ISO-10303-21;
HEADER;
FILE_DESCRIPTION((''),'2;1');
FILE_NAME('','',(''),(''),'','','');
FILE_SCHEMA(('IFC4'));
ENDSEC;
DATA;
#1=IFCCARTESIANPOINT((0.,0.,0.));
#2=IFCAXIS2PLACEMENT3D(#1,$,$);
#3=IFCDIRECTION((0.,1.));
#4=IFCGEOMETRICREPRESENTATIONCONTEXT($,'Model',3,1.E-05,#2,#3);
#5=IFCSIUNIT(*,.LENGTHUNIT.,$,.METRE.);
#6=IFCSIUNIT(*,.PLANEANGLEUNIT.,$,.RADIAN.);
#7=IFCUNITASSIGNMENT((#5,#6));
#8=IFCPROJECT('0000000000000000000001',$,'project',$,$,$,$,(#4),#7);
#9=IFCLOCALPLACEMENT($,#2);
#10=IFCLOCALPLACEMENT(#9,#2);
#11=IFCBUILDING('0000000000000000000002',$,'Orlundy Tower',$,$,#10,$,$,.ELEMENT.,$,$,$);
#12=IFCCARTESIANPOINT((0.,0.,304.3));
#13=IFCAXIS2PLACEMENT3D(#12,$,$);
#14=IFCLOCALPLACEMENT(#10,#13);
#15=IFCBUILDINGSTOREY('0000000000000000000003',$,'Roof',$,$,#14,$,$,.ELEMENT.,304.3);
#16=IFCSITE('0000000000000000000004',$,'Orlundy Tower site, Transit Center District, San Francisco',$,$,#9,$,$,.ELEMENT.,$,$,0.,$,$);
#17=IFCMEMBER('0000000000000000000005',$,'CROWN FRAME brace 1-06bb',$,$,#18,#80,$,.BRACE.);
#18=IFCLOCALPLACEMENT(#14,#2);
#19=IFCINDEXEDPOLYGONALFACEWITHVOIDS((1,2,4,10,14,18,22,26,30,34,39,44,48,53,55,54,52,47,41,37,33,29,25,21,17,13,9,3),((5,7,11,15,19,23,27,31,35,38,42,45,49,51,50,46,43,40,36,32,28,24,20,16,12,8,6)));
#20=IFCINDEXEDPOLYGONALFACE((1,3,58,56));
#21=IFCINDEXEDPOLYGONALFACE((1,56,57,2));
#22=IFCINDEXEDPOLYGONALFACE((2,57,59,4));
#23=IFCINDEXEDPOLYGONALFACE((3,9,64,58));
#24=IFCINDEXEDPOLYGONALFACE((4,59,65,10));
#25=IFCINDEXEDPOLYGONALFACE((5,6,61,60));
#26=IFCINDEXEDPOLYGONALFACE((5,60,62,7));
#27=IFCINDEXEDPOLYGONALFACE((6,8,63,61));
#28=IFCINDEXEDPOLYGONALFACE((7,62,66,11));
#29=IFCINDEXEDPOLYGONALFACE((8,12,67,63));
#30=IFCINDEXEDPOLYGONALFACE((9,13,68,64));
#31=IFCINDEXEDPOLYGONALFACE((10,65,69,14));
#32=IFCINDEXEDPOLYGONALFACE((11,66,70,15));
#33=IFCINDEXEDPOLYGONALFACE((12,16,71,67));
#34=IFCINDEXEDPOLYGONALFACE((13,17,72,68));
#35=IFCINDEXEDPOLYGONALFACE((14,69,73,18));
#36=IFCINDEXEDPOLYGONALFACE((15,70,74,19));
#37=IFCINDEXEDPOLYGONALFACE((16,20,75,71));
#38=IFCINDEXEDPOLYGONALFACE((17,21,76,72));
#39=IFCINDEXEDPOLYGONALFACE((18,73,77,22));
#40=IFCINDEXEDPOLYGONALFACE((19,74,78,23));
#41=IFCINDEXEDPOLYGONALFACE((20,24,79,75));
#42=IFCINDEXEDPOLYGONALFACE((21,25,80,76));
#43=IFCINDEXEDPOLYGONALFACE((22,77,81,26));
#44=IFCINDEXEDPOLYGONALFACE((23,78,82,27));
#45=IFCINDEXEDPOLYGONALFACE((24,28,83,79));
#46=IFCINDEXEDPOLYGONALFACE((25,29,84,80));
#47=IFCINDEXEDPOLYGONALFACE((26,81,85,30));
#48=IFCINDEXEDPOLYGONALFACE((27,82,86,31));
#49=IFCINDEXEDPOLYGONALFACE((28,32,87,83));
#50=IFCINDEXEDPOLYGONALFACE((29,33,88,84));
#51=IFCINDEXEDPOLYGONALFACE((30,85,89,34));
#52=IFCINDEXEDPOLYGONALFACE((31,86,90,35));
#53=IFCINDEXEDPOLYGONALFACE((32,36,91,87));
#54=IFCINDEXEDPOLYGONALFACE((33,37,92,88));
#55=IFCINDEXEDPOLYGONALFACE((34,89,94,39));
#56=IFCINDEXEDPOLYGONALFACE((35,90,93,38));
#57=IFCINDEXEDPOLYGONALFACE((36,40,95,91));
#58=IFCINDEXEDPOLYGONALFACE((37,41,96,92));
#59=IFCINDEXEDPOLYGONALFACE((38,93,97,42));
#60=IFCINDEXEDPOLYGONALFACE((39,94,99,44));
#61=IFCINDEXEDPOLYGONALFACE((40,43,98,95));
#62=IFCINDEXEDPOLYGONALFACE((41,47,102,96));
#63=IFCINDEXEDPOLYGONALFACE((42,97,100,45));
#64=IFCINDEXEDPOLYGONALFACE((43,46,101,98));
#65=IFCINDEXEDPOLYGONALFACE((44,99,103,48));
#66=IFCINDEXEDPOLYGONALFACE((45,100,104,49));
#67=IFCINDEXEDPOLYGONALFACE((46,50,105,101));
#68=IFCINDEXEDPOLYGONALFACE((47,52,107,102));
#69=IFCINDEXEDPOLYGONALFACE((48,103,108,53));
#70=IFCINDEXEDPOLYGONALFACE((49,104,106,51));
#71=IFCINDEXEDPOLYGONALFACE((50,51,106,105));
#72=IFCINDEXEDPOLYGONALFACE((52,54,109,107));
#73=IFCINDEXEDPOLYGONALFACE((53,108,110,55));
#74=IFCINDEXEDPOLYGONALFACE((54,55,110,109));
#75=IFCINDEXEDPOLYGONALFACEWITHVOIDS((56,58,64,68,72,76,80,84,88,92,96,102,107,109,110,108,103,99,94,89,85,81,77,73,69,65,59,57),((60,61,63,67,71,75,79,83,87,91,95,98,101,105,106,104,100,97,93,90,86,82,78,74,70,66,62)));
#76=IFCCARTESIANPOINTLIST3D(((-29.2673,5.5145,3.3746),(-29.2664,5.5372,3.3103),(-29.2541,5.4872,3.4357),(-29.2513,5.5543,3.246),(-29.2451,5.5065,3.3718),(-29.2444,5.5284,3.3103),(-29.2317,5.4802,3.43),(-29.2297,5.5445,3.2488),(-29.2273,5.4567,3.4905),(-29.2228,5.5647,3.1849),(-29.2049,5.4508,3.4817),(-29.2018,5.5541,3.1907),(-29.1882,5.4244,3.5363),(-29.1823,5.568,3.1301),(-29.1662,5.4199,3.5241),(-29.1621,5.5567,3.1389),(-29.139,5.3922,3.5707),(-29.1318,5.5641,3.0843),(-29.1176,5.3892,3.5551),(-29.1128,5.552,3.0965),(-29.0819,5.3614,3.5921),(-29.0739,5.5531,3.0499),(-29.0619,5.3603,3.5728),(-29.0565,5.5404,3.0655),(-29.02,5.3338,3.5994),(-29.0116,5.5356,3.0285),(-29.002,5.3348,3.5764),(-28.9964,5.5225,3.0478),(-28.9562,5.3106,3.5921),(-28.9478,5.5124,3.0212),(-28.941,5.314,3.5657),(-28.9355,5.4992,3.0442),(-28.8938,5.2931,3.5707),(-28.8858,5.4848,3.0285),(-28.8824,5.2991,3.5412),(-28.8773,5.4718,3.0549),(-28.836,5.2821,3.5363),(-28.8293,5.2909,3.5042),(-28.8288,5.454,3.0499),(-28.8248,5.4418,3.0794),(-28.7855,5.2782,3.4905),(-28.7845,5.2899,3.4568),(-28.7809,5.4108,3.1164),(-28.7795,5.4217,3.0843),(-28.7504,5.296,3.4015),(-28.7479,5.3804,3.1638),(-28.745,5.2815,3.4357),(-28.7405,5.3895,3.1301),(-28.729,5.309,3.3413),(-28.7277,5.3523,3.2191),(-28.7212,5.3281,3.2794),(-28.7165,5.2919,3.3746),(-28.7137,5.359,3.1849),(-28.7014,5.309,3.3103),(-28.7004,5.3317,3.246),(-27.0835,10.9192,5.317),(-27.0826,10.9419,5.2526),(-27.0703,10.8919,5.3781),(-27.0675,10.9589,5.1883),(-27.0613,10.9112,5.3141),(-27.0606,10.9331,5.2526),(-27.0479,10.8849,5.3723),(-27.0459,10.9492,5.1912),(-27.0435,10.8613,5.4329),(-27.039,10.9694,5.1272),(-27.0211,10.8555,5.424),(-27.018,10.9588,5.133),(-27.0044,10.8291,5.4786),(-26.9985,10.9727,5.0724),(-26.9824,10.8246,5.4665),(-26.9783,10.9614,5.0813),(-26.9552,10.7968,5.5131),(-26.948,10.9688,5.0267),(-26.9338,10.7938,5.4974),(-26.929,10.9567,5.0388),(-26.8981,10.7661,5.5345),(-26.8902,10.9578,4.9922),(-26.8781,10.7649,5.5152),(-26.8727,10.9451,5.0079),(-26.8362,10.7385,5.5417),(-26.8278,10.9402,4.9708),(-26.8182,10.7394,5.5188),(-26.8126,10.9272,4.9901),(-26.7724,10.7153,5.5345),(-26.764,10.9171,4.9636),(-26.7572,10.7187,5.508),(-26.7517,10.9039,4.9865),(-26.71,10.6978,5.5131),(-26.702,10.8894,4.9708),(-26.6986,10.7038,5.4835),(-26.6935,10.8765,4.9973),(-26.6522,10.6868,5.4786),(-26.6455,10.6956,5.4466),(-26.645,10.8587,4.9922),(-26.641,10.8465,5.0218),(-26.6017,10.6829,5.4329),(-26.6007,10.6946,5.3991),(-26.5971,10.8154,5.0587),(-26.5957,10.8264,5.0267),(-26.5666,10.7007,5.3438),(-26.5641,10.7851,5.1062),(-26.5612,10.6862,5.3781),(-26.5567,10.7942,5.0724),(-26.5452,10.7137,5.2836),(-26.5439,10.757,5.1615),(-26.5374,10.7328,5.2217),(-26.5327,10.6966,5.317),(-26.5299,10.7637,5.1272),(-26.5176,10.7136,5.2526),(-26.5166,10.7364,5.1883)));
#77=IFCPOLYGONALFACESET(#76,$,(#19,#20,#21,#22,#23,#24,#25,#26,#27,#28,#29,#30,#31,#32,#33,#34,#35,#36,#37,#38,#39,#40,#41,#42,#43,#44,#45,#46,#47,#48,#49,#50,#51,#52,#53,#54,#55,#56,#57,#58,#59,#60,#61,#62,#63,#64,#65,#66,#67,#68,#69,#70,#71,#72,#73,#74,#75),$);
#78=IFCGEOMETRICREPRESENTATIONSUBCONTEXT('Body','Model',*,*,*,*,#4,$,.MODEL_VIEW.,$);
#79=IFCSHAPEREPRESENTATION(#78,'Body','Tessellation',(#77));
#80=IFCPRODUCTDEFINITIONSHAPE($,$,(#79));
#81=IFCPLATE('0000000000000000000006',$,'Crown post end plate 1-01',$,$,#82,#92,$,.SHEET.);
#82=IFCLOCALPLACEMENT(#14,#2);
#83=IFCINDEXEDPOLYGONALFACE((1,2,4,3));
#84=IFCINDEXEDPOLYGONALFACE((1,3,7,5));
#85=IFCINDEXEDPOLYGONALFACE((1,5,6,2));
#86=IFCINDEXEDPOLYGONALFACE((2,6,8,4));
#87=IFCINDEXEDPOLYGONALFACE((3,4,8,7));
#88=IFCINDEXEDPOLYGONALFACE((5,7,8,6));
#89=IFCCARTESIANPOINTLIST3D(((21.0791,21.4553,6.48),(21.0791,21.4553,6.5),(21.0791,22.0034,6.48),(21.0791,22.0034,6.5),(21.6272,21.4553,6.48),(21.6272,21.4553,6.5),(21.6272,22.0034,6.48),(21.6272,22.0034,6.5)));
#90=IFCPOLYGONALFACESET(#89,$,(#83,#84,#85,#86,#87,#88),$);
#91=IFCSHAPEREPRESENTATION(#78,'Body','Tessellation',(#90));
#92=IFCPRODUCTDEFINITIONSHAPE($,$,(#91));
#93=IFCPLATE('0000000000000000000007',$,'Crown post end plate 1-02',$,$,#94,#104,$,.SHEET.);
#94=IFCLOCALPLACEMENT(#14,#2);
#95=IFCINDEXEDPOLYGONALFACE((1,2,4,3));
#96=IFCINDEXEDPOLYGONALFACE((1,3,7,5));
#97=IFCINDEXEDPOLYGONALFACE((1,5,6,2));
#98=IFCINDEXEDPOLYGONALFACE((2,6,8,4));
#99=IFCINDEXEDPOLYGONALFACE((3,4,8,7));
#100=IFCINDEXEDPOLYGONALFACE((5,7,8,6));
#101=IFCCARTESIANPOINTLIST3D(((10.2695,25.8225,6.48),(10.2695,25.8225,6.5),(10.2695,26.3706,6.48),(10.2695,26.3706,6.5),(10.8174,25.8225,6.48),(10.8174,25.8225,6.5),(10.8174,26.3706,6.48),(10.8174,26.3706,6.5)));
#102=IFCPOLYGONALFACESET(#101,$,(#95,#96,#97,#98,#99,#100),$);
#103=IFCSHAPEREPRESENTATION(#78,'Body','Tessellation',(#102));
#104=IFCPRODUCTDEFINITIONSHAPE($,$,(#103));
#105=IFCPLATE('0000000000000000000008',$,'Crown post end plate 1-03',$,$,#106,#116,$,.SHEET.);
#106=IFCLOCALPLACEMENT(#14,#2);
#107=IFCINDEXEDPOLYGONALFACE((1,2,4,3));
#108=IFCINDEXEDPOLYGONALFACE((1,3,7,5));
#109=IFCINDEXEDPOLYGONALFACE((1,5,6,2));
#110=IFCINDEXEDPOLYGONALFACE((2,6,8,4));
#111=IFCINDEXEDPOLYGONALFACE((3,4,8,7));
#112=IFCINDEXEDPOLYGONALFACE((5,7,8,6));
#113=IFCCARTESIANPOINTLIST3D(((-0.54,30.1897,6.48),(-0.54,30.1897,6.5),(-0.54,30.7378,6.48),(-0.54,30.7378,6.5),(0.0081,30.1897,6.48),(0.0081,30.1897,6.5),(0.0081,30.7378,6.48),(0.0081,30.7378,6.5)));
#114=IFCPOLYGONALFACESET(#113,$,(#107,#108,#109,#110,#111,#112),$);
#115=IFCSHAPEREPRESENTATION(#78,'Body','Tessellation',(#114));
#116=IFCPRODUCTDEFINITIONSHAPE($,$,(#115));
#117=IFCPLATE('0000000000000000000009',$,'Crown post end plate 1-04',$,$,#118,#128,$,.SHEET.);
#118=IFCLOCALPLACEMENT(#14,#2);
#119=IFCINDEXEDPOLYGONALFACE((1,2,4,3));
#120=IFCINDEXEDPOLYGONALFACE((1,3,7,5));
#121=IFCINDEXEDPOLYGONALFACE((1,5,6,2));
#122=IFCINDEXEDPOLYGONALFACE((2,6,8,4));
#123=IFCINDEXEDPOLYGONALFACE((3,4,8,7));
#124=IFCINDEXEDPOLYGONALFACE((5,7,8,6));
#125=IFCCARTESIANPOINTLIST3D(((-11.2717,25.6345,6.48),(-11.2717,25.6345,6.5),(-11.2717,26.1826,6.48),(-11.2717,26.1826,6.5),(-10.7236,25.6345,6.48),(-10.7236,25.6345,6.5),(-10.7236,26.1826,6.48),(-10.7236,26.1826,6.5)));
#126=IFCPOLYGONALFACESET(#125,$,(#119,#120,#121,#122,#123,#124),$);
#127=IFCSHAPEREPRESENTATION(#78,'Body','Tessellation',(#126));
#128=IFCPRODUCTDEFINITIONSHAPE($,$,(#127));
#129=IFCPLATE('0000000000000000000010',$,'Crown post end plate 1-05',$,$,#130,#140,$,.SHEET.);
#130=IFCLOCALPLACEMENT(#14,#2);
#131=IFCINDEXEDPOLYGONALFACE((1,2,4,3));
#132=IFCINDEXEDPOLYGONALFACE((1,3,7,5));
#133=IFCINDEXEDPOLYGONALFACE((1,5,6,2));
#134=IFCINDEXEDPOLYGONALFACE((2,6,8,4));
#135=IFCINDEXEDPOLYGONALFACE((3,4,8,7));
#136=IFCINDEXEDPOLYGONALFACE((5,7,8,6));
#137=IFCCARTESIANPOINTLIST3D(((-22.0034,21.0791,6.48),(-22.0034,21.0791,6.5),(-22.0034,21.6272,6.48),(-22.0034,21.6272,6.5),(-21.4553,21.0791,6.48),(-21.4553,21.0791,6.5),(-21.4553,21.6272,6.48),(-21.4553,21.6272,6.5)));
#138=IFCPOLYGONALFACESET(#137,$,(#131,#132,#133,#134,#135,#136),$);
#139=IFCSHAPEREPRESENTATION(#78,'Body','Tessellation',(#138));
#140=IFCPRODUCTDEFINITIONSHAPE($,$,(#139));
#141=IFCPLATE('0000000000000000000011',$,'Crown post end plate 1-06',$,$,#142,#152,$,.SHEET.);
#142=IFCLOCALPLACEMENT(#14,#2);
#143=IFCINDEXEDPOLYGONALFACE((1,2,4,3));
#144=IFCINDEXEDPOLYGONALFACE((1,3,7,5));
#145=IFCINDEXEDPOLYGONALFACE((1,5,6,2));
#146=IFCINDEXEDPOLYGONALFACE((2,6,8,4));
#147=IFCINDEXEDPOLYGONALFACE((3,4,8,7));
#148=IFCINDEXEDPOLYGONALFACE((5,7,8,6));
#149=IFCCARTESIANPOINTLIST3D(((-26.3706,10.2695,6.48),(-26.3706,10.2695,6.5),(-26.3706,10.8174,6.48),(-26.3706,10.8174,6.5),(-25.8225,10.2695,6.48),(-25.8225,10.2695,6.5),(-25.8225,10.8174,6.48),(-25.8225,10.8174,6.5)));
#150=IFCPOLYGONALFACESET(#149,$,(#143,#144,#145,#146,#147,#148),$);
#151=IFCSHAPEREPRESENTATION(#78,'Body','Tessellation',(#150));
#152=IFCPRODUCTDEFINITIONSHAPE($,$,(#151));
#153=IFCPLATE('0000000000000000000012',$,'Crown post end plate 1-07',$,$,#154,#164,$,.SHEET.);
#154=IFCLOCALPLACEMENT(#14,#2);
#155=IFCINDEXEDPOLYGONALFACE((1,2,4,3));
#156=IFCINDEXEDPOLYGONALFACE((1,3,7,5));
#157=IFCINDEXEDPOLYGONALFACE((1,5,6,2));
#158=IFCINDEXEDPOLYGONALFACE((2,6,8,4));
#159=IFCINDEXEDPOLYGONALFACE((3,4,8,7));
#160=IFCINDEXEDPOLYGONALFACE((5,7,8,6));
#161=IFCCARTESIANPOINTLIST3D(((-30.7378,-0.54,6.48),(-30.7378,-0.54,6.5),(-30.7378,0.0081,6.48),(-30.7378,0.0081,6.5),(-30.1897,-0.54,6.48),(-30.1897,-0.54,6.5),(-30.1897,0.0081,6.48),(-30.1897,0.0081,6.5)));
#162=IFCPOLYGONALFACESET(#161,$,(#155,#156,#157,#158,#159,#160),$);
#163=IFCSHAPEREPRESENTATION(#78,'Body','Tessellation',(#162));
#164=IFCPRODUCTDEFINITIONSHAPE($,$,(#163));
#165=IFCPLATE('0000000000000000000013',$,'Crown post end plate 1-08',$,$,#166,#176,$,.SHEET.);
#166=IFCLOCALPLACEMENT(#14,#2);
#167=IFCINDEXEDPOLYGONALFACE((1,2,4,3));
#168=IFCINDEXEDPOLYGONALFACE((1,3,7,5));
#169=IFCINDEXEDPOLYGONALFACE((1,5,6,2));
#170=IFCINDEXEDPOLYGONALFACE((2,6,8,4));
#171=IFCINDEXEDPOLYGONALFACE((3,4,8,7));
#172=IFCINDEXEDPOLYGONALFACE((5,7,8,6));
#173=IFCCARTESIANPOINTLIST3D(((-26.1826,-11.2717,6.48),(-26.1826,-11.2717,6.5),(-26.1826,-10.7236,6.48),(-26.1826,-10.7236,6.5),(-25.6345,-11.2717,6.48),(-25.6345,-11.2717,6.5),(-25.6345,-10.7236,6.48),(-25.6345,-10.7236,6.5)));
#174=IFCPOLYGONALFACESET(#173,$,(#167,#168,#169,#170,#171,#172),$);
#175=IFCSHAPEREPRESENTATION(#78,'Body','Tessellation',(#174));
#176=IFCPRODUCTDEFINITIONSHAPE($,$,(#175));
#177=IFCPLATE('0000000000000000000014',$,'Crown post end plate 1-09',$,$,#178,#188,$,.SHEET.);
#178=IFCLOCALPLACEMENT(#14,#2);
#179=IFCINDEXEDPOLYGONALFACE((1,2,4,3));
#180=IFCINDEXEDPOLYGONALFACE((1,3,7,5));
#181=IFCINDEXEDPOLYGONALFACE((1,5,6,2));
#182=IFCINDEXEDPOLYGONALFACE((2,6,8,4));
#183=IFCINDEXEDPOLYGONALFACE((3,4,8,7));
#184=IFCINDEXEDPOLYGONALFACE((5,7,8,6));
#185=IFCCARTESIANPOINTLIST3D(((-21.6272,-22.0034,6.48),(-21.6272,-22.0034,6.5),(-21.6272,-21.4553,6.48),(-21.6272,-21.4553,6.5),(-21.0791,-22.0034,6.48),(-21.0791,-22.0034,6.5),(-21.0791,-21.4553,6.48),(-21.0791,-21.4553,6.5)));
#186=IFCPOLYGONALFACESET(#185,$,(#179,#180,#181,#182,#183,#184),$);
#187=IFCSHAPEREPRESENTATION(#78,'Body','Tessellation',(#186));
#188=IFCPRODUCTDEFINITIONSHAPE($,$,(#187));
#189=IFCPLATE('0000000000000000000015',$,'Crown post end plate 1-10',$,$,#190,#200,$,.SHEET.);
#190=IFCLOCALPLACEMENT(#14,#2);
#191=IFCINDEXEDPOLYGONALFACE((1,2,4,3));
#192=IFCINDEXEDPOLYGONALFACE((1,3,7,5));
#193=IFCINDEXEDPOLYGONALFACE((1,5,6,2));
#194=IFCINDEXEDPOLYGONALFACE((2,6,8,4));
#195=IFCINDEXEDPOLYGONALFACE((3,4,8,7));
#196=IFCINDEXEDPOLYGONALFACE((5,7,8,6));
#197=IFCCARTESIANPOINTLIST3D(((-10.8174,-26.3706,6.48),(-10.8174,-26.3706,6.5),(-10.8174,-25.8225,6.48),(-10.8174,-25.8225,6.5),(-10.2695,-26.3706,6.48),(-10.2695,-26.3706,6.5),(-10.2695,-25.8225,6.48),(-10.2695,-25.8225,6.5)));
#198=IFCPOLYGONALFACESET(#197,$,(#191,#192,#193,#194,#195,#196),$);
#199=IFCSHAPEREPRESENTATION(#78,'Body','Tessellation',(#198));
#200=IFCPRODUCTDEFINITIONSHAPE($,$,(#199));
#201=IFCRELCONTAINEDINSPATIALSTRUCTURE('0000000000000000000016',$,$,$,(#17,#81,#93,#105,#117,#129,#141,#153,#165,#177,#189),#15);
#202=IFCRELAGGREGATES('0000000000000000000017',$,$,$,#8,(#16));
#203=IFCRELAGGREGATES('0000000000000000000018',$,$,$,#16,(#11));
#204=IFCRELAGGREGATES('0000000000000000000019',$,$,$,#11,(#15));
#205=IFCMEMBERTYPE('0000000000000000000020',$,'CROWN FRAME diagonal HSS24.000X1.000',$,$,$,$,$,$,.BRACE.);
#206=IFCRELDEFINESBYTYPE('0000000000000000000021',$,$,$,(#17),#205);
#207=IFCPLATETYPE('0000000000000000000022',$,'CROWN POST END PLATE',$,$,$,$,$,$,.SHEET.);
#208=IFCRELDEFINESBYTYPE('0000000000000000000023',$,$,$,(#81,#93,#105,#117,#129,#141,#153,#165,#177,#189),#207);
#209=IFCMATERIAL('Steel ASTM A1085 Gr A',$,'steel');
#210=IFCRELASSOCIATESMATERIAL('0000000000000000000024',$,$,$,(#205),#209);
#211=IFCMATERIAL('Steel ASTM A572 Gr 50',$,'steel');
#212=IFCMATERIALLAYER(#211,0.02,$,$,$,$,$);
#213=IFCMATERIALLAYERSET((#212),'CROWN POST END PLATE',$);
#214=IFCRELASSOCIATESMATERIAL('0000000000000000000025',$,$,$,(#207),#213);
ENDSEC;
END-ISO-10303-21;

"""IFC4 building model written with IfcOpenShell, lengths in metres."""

from ifc_helpers import new_model, si_unit, direction, frame, origin, origin_2d, place, context, subcontext, project, spatial, polyline, hollow_circle, outline, extrude, material, layer, layer_set, material_profile, profile_set, type_object, element, save


model = new_model("IFC4")

# Units and contexts
model_context = context("Model", 3, precision=1e-05, world=origin(), true_north=direction((0.0, 1.0)))
body_context = subcontext(model_context, "Body", "Model", "MODEL_VIEW")
ifc_project = project(units=[si_unit("LENGTHUNIT", "METRE"), si_unit("PLANEANGLEUNIT", "RADIAN")], contexts=[model_context])

# Site, building, storey
site_placement = place(None, origin())
site = spatial("IfcSite", under=ifc_project, at=site_placement, Name="Orlundy Tower site, Transit Center District, San Francisco", CompositionType="ELEMENT", RefElevation=0.0)
building_placement = place(site_placement, origin())
building = spatial("IfcBuilding", under=site, at=building_placement, Name="Orlundy Tower", CompositionType="ELEMENT")
storey_placement = place(building_placement, frame((0.0, 0.0, 304.3)))
storey = spatial("IfcBuildingStorey", under=building, at=storey_placement, Name="Roof", CompositionType="ELEMENT", Elevation=304.3)

# Member
ifc_material_1 = material(Name="Steel ASTM A1085 Gr A", Category="steel")
ifc_material_profile_1 = material_profile(ifc_material_1, hollow_circle(Radius=0.3047, WallThickness=0.0237, at=origin_2d()), Name="HSS24.000X1.000")
ifc_profile_set_1 = profile_set([ifc_material_profile_1], Name="Steel ASTM A1085 Gr A")
member_type = type_object("IfcMemberType", Name="CROWN FRAME diagonal HSS24.000X1.000", PredefinedType="BRACE", material=ifc_profile_set_1)
member_placement = place(storey_placement, frame((-28.9839, 5.4231, 3.3103), z_axis=(0.355419, 0.879627, 0.316122), x_axis=(-0.927174, 0.374631, 0.0)))
element("IfcMember", 1, at=member_placement, inside=storey, type_object=member_type, Name="CROWN FRAME brace 1-06bb", PredefinedType="BRACE", context=body_context, shape_type="SweptSolid", body=[
    extrude(hollow_circle(Radius=0.3047, WallThickness=0.0237, at=origin_2d()), origin(), (0.0, 0.0, 1.0), 6.1443),
])

# Plates
ifc_material_2 = material(Name="Steel ASTM A572 Gr 50", Category="steel")
ifc_layer = layer(ifc_material_2, 0.02)
ifc_layer_set = layer_set([ifc_layer], Name="CROWN POST END PLATE")
plate_type = type_object("IfcPlateType", Name="CROWN POST END PLATE", PredefinedType="SHEET", material=ifc_layer_set)
plate_1_placement = place(storey_placement, frame((0.0, 0.0, 6.48)))
element("IfcPlate", 2, at=plate_1_placement, inside=storey, type_object=plate_type, Name="Crown post end plate 1-01", PredefinedType="SHEET", context=body_context, shape_type="SweptSolid", body=[
    extrude(outline(polyline([(21.0791, 21.4553), (21.6272, 21.4553), (21.6272, 22.0034), (21.0791, 22.0034), (21.0791, 21.4553)])), origin(), (0.0, 0.0, 1.0), 0.02),
])
plate_2_placement = place(storey_placement, frame((0.0, 0.0, 6.48)))
element("IfcPlate", 3, at=plate_2_placement, inside=storey, type_object=plate_type, Name="Crown post end plate 1-02", PredefinedType="SHEET", context=body_context, shape_type="SweptSolid", body=[
    extrude(outline(polyline([(10.2695, 25.8225), (10.8174, 25.8225), (10.8174, 26.3706), (10.2695, 26.3706), (10.2695, 25.8225)])), origin(), (0.0, 0.0, 1.0), 0.02),
])
plate_3_placement = place(storey_placement, frame((0.0, 0.0, 6.48)))
element("IfcPlate", 4, at=plate_3_placement, inside=storey, type_object=plate_type, Name="Crown post end plate 1-03", PredefinedType="SHEET", context=body_context, shape_type="SweptSolid", body=[
    extrude(outline(polyline([(-0.54, 30.1897), (0.0081, 30.1897), (0.0081, 30.7378), (-0.54, 30.7378), (-0.54, 30.1897)])), origin(), (0.0, 0.0, 1.0), 0.02),
])
plate_4_placement = place(storey_placement, frame((0.0, 0.0, 6.48)))
element("IfcPlate", 5, at=plate_4_placement, inside=storey, type_object=plate_type, Name="Crown post end plate 1-04", PredefinedType="SHEET", context=body_context, shape_type="SweptSolid", body=[
    extrude(outline(polyline([(-11.2717, 25.6345), (-10.7236, 25.6345), (-10.7236, 26.1826), (-11.2717, 26.1826), (-11.2717, 25.6345)])), origin(), (0.0, 0.0, 1.0), 0.02),
])
plate_5_placement = place(storey_placement, frame((0.0, 0.0, 6.48)))
element("IfcPlate", 6, at=plate_5_placement, inside=storey, type_object=plate_type, Name="Crown post end plate 1-05", PredefinedType="SHEET", context=body_context, shape_type="SweptSolid", body=[
    extrude(outline(polyline([(-22.0034, 21.0791), (-21.4553, 21.0791), (-21.4553, 21.6272), (-22.0034, 21.6272), (-22.0034, 21.0791)])), origin(), (0.0, 0.0, 1.0), 0.02),
])
plate_6_placement = place(storey_placement, frame((0.0, 0.0, 6.48)))
element("IfcPlate", 7, at=plate_6_placement, inside=storey, type_object=plate_type, Name="Crown post end plate 1-06", PredefinedType="SHEET", context=body_context, shape_type="SweptSolid", body=[
    extrude(outline(polyline([(-26.3706, 10.2695), (-25.8225, 10.2695), (-25.8225, 10.8174), (-26.3706, 10.8174), (-26.3706, 10.2695)])), origin(), (0.0, 0.0, 1.0), 0.02),
])
plate_7_placement = place(storey_placement, frame((0.0, 0.0, 6.48)))
element("IfcPlate", 8, at=plate_7_placement, inside=storey, type_object=plate_type, Name="Crown post end plate 1-07", PredefinedType="SHEET", context=body_context, shape_type="SweptSolid", body=[
    extrude(outline(polyline([(-30.7378, -0.54), (-30.1897, -0.54), (-30.1897, 0.0081), (-30.7378, 0.0081), (-30.7378, -0.54)])), origin(), (0.0, 0.0, 1.0), 0.02),
])
plate_8_placement = place(storey_placement, frame((0.0, 0.0, 6.48)))
element("IfcPlate", 9, at=plate_8_placement, inside=storey, type_object=plate_type, Name="Crown post end plate 1-08", PredefinedType="SHEET", context=body_context, shape_type="SweptSolid", body=[
    extrude(outline(polyline([(-26.1826, -11.2717), (-25.6345, -11.2717), (-25.6345, -10.7236), (-26.1826, -10.7236), (-26.1826, -11.2717)])), origin(), (0.0, 0.0, 1.0), 0.02),
])
plate_9_placement = place(storey_placement, frame((0.0, 0.0, 6.48)))
element("IfcPlate", 10, at=plate_9_placement, inside=storey, type_object=plate_type, Name="Crown post end plate 1-09", PredefinedType="SHEET", context=body_context, shape_type="SweptSolid", body=[
    extrude(outline(polyline([(-21.6272, -22.0034), (-21.0791, -22.0034), (-21.0791, -21.4553), (-21.6272, -21.4553), (-21.6272, -22.0034)])), origin(), (0.0, 0.0, 1.0), 0.02),
])
plate_10_placement = place(storey_placement, frame((0.0, 0.0, 6.48)))
element("IfcPlate", 11, at=plate_10_placement, inside=storey, type_object=plate_type, Name="Crown post end plate 1-10", PredefinedType="SHEET", context=body_context, shape_type="SweptSolid", body=[
    extrude(outline(polyline([(-10.8174, -26.3706), (-10.2695, -26.3706), (-10.2695, -25.8225), (-10.8174, -25.8225), (-10.8174, -26.3706)])), origin(), (0.0, 0.0, 1.0), 0.02),
])

save(model, "model.ifc")
